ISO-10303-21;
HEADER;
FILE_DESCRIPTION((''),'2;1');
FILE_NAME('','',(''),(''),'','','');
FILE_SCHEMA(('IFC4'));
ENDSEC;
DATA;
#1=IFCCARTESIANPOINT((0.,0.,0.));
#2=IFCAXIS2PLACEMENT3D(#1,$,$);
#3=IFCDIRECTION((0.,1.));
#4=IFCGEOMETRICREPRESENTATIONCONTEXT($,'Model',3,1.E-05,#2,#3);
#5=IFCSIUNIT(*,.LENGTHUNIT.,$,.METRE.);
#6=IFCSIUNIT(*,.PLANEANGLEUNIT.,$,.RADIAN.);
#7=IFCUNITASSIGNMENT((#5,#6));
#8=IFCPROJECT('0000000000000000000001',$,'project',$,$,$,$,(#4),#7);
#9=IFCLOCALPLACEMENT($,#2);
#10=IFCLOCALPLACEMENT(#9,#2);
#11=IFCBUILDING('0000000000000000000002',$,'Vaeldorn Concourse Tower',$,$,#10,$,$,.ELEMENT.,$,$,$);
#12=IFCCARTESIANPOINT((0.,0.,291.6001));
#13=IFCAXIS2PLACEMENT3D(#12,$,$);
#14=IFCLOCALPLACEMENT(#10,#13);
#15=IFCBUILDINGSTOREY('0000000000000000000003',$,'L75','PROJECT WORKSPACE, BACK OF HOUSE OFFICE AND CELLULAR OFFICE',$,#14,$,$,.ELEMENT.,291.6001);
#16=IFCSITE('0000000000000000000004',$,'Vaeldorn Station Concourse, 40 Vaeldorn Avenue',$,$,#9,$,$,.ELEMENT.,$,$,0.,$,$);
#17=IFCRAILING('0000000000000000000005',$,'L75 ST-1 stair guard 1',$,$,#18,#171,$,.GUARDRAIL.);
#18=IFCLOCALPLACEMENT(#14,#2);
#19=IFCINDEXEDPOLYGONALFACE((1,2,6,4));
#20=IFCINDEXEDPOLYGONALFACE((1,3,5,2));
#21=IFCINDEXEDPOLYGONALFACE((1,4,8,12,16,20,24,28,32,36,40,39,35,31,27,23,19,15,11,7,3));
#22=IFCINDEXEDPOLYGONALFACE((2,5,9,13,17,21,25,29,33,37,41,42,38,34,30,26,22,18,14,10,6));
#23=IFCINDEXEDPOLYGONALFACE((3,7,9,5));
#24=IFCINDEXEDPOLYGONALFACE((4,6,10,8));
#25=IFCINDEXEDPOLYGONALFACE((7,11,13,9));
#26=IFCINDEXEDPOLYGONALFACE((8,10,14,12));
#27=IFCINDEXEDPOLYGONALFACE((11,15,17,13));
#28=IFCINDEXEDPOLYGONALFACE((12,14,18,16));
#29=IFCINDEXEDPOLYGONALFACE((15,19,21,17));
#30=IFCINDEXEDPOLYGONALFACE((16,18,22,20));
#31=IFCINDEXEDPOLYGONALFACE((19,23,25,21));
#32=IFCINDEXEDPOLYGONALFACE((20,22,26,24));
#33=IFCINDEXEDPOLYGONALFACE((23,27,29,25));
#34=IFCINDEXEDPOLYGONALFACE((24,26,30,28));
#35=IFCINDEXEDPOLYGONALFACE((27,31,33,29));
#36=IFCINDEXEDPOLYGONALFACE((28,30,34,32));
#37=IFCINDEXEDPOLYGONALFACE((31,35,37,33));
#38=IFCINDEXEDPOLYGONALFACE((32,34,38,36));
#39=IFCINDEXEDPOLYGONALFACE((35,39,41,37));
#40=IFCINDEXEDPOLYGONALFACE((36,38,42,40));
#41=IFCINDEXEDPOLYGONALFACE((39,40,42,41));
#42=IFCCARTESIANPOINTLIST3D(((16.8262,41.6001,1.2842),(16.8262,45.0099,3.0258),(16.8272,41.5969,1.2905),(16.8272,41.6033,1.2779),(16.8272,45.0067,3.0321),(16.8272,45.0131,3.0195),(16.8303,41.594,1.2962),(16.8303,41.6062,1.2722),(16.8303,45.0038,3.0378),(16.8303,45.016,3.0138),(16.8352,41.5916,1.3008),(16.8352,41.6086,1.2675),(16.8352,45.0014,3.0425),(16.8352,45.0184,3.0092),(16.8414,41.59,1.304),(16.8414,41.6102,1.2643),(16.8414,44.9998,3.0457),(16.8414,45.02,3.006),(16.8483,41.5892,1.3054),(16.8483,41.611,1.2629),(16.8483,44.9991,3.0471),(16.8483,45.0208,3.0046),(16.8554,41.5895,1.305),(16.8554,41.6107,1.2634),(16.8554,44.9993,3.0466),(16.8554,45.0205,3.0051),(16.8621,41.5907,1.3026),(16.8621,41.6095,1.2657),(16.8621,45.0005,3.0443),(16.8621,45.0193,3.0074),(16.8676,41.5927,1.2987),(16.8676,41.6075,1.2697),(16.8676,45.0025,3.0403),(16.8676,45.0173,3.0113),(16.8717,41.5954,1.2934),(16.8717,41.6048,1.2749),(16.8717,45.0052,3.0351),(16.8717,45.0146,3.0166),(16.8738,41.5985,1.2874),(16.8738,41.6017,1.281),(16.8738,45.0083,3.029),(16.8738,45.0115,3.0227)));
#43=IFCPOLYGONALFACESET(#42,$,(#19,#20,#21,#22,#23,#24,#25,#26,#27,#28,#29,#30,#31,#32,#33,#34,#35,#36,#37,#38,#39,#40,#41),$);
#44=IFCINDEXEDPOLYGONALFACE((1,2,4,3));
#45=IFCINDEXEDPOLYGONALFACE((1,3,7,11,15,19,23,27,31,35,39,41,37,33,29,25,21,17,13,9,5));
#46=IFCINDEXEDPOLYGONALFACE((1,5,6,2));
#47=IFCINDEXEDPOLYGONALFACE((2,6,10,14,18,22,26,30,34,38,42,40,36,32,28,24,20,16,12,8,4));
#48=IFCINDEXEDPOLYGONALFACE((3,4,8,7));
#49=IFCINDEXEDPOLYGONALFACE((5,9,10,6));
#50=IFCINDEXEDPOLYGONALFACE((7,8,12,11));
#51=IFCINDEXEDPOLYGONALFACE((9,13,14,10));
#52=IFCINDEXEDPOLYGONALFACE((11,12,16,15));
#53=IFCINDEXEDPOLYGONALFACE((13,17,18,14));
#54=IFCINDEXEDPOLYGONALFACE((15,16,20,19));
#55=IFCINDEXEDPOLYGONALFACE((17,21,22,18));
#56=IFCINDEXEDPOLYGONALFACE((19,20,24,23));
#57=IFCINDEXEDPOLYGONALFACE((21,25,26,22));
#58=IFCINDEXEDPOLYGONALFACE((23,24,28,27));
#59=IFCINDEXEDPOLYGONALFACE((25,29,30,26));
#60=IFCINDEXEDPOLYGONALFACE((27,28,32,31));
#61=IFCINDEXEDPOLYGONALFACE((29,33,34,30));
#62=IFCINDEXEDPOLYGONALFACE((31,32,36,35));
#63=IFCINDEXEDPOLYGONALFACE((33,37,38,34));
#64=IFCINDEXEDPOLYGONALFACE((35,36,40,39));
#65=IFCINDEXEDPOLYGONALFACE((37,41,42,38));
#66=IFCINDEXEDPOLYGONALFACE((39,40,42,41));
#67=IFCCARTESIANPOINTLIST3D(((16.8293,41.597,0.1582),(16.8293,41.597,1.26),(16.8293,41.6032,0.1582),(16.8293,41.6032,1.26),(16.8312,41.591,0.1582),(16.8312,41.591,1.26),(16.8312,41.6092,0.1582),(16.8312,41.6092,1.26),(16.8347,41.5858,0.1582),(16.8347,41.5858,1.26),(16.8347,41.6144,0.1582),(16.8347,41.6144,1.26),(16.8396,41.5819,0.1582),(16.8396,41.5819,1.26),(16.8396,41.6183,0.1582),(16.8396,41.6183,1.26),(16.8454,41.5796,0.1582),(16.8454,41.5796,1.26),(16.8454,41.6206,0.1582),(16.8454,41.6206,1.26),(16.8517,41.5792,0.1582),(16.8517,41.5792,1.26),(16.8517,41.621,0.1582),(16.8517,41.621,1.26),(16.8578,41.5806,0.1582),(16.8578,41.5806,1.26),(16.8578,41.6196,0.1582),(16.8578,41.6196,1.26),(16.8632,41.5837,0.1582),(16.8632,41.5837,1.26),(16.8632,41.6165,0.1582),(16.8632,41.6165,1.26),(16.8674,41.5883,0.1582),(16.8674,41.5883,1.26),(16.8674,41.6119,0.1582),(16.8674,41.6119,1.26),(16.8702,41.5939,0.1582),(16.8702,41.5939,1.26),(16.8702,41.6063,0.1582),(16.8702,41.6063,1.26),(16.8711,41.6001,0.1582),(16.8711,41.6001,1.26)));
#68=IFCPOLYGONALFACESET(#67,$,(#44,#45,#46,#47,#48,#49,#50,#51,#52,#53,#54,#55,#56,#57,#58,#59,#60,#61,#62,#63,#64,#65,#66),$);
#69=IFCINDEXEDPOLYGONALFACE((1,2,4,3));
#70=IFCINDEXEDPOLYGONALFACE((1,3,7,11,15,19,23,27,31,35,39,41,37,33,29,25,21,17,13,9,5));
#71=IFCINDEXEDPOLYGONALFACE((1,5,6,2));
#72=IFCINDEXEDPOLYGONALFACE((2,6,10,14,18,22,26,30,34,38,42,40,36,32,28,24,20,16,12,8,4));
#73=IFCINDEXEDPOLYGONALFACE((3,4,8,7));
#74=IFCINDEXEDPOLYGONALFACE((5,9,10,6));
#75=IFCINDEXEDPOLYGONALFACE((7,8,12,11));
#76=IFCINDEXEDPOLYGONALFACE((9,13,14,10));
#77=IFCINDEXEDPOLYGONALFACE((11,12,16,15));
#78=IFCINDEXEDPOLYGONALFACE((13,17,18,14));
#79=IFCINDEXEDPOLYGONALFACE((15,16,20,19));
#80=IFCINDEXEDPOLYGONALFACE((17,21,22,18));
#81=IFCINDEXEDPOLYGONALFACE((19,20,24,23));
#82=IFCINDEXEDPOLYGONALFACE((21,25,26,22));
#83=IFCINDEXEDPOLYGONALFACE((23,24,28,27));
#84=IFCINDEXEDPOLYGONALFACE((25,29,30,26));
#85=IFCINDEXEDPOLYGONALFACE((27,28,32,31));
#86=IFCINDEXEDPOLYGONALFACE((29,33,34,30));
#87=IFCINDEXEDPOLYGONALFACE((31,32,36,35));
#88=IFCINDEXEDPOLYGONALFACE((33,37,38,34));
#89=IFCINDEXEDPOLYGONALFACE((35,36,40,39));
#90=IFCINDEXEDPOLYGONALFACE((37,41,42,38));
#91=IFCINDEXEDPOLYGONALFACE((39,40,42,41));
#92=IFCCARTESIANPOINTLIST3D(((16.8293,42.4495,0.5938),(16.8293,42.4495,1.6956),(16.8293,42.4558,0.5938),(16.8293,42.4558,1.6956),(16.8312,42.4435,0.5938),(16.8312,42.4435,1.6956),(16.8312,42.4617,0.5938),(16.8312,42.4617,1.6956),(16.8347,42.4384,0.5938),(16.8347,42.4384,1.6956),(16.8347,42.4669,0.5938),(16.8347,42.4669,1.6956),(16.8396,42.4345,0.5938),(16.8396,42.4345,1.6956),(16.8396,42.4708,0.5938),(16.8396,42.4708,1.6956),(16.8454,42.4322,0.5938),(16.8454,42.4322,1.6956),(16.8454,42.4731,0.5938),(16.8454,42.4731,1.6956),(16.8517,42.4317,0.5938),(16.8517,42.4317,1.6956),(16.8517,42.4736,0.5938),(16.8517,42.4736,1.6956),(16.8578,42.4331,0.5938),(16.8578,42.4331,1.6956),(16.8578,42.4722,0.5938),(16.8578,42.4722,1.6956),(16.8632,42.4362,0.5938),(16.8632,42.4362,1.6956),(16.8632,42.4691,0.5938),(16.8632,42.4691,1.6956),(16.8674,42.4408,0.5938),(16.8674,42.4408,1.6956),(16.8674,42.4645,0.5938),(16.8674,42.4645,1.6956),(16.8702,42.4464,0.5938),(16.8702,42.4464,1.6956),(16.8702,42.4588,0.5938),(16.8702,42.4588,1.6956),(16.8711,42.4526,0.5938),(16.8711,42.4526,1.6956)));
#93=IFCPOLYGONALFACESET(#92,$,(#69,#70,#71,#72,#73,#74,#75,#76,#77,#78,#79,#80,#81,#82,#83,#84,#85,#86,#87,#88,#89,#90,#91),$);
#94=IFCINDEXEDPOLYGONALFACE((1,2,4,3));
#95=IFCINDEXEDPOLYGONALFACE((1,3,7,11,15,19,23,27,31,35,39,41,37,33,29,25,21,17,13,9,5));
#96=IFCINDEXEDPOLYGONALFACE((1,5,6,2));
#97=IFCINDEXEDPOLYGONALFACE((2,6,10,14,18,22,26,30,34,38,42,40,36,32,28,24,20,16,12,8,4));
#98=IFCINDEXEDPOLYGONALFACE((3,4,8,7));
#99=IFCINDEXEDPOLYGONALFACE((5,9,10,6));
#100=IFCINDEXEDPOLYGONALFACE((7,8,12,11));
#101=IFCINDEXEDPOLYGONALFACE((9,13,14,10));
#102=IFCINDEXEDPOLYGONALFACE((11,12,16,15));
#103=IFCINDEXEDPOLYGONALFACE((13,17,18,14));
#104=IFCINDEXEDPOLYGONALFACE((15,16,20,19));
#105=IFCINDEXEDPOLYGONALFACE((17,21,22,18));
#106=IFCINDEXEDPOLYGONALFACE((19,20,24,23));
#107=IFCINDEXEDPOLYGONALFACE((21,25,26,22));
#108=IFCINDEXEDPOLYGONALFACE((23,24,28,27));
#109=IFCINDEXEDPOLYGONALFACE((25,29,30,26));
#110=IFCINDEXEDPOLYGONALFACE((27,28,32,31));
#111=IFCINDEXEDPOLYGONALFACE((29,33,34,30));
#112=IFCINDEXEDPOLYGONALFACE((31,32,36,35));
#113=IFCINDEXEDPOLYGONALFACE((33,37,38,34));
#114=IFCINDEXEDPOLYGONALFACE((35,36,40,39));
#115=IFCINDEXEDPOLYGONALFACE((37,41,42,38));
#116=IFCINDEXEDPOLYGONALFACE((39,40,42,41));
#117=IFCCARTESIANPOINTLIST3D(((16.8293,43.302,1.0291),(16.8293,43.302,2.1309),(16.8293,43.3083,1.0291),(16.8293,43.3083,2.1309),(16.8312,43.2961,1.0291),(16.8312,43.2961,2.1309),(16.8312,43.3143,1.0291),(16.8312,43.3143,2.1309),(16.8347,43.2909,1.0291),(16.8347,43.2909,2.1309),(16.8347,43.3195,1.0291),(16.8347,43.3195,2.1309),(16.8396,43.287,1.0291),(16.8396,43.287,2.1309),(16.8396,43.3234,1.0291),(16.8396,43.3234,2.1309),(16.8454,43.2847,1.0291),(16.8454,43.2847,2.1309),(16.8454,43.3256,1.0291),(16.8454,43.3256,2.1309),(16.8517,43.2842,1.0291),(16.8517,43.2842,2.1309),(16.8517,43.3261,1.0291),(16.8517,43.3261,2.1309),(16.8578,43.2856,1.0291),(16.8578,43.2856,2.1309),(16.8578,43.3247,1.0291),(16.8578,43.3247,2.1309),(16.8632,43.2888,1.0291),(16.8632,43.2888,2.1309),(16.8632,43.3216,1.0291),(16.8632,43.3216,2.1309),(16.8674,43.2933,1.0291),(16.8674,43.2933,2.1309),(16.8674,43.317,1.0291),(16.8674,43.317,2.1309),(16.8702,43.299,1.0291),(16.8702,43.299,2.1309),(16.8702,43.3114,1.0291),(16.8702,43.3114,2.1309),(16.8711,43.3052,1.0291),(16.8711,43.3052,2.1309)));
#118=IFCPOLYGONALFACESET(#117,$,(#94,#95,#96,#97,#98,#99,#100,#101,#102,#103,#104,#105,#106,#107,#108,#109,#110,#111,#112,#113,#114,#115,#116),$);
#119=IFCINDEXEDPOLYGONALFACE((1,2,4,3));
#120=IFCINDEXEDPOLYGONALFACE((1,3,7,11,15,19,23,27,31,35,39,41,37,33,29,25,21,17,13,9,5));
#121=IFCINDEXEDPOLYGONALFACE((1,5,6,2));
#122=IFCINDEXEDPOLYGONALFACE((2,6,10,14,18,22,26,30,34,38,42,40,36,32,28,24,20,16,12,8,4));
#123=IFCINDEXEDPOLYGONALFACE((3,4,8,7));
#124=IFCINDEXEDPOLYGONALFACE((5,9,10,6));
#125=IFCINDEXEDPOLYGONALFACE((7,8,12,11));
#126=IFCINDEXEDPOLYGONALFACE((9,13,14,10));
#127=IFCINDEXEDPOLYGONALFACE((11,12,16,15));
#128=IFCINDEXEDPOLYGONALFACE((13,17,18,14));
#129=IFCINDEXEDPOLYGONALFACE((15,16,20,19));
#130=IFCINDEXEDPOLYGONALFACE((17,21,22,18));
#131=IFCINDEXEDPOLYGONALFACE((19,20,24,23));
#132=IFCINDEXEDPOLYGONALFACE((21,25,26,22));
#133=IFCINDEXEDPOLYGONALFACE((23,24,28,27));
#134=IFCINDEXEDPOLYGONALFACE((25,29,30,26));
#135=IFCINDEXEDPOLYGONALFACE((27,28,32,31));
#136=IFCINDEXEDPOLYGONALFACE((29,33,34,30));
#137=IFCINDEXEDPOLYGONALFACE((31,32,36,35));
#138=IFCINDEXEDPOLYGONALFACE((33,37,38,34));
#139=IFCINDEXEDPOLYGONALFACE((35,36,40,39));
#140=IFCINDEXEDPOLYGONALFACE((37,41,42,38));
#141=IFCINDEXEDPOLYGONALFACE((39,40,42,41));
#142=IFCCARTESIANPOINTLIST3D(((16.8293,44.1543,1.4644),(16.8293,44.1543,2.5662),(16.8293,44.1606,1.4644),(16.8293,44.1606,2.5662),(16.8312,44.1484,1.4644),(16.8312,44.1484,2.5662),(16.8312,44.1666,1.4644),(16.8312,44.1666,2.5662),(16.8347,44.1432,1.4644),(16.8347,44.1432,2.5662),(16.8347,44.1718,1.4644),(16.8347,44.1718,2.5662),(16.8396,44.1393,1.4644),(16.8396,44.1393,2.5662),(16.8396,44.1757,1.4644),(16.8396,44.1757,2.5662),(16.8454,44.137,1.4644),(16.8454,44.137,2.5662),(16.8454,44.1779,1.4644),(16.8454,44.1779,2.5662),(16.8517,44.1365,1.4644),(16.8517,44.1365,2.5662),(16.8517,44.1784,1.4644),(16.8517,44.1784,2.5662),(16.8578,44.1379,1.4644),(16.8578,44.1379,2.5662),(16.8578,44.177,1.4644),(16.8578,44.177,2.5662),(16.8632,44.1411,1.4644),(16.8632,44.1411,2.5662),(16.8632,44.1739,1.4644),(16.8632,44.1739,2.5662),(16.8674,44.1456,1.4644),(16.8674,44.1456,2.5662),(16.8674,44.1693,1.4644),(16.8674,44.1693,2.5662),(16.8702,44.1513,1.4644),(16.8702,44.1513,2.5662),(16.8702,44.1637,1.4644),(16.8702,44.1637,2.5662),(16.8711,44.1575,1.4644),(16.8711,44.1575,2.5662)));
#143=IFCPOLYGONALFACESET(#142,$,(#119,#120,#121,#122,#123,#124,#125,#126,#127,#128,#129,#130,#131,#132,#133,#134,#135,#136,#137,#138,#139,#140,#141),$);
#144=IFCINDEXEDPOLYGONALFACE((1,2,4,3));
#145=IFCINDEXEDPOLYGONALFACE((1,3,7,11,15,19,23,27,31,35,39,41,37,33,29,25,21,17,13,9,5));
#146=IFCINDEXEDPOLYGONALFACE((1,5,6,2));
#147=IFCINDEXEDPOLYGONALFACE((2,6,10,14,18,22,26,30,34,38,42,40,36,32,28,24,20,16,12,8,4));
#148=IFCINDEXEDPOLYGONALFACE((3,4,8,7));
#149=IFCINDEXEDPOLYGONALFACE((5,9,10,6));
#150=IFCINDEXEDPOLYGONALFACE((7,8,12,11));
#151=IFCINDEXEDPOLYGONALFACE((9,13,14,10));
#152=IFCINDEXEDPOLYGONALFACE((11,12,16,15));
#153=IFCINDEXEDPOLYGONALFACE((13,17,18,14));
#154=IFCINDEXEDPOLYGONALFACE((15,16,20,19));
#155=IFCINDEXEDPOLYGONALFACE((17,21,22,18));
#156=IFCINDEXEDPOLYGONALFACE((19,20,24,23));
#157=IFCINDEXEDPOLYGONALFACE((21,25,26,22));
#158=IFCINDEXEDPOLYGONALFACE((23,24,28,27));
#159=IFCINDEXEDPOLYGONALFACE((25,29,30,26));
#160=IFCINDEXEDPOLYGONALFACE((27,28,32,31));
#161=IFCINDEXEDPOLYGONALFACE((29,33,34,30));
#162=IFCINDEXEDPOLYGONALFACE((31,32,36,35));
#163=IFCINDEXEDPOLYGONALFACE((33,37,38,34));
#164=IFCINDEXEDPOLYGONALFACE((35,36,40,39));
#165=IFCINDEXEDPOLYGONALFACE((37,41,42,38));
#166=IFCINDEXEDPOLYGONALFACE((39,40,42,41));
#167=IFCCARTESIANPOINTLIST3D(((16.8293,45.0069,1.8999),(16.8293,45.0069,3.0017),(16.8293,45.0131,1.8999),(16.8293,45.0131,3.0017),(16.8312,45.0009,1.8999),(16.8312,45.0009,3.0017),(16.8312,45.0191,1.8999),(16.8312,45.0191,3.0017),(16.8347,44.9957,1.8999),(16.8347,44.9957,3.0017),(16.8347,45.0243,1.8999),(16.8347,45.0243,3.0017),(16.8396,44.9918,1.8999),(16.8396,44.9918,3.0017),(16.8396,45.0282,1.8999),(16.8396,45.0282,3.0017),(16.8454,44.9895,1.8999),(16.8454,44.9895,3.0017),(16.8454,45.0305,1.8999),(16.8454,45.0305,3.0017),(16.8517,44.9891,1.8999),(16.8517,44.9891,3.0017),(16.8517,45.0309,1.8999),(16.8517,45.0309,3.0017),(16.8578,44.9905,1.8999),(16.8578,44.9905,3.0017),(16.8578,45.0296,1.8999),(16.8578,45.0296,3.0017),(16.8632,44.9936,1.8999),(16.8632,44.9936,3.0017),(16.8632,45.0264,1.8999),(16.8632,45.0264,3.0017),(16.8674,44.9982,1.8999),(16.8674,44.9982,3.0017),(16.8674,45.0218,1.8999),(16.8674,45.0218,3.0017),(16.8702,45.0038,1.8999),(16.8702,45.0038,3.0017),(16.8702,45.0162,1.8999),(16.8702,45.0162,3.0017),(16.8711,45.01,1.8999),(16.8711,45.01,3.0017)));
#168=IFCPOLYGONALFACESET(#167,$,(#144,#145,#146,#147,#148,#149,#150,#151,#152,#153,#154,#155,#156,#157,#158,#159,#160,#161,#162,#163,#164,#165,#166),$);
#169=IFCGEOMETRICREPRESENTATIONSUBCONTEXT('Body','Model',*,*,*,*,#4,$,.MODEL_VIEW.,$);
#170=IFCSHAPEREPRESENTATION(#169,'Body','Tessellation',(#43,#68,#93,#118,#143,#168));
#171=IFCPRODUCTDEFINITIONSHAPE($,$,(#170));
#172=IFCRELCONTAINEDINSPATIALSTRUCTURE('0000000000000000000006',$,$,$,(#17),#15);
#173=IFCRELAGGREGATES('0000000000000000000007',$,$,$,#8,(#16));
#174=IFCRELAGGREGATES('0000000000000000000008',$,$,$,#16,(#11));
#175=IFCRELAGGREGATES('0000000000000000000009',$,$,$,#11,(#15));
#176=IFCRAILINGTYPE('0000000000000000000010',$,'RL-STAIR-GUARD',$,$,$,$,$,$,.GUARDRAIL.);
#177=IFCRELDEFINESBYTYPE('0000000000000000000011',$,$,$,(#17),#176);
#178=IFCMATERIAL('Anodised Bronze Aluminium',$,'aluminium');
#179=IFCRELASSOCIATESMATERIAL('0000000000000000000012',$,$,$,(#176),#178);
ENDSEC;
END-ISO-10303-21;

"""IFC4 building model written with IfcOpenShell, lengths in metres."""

from ifc_helpers import new_model, si_unit, direction, frame, origin, origin_2d, place, context, subcontext, project, spatial, circle, extrude, material, type_object, element, save


model = new_model("IFC4")

# Units and contexts
model_context = context("Model", 3, precision=1e-05, world=origin(), true_north=direction((0.0, 1.0)))
body_context = subcontext(model_context, "Body", "Model", "MODEL_VIEW")
ifc_project = project(units=[si_unit("LENGTHUNIT", "METRE"), si_unit("PLANEANGLEUNIT", "RADIAN")], contexts=[model_context])

# Site, building, storey
site_placement = place(None, origin())
site = spatial("IfcSite", under=ifc_project, at=site_placement, Name="Vaeldorn Station Concourse, 40 Vaeldorn Avenue", CompositionType="ELEMENT", RefElevation=0.0)
building_placement = place(site_placement, origin())
building = spatial("IfcBuilding", under=site, at=building_placement, Name="Vaeldorn Concourse Tower", CompositionType="ELEMENT")
storey_placement = place(building_placement, frame((0.0, 0.0, 291.6001)))
storey = spatial("IfcBuildingStorey", under=building, at=storey_placement, Name="L75", Description="PROJECT WORKSPACE, BACK OF HOUSE OFFICE AND CELLULAR OFFICE", CompositionType="ELEMENT", Elevation=291.6001)

# Shared definitions
ifc_material_1 = material(Name="Anodised Bronze Aluminium", Category="aluminium")

# Railing
railing_type_1 = type_object("IfcRailingType", Name="RL-STAIR-GUARD", PredefinedType="GUARDRAIL", material=ifc_material_1)
railing_1_placement = place(storey_placement, frame((16.8501, 41.6001, 0.1582)))
element("IfcRailing", 1, at=railing_1_placement, inside=storey, type_object=railing_type_1, Name="L75 ST-1 stair guard 1", PredefinedType="GUARDRAIL", context=body_context, shape_type="SweptSolid", body=[
    extrude(circle(Radius=0.0239, at=origin_2d()), frame((0.0, 0.0, 1.126), z_axis=(0.0, 0.890556, 0.454874), x_axis=(-1.0, 0.0, 0.0)), (0.0, 0.0, 1.0), 3.8289),
    extrude(circle(Radius=0.021, at=origin_2d()), origin(), (0.0, 0.0, 1.0), 1.1018),
    extrude(circle(Radius=0.021, at=origin_2d()), frame((0.0, 0.8525, 0.4355)), (0.0, 0.0, 1.0), 1.1018),
    extrude(circle(Radius=0.021, at=origin_2d()), frame((0.0, 1.7051, 0.8708)), (0.0, 0.0, 1.0), 1.1018),
    extrude(circle(Radius=0.021, at=origin_2d()), frame((0.0, 2.5574, 1.3062)), (0.0, 0.0, 1.0), 1.1018),
    extrude(circle(Radius=0.021, at=origin_2d()), frame((0.0, 3.4099, 1.7417)), (0.0, 0.0, 1.0), 1.1018),
])

save(model, "model.ifc")
